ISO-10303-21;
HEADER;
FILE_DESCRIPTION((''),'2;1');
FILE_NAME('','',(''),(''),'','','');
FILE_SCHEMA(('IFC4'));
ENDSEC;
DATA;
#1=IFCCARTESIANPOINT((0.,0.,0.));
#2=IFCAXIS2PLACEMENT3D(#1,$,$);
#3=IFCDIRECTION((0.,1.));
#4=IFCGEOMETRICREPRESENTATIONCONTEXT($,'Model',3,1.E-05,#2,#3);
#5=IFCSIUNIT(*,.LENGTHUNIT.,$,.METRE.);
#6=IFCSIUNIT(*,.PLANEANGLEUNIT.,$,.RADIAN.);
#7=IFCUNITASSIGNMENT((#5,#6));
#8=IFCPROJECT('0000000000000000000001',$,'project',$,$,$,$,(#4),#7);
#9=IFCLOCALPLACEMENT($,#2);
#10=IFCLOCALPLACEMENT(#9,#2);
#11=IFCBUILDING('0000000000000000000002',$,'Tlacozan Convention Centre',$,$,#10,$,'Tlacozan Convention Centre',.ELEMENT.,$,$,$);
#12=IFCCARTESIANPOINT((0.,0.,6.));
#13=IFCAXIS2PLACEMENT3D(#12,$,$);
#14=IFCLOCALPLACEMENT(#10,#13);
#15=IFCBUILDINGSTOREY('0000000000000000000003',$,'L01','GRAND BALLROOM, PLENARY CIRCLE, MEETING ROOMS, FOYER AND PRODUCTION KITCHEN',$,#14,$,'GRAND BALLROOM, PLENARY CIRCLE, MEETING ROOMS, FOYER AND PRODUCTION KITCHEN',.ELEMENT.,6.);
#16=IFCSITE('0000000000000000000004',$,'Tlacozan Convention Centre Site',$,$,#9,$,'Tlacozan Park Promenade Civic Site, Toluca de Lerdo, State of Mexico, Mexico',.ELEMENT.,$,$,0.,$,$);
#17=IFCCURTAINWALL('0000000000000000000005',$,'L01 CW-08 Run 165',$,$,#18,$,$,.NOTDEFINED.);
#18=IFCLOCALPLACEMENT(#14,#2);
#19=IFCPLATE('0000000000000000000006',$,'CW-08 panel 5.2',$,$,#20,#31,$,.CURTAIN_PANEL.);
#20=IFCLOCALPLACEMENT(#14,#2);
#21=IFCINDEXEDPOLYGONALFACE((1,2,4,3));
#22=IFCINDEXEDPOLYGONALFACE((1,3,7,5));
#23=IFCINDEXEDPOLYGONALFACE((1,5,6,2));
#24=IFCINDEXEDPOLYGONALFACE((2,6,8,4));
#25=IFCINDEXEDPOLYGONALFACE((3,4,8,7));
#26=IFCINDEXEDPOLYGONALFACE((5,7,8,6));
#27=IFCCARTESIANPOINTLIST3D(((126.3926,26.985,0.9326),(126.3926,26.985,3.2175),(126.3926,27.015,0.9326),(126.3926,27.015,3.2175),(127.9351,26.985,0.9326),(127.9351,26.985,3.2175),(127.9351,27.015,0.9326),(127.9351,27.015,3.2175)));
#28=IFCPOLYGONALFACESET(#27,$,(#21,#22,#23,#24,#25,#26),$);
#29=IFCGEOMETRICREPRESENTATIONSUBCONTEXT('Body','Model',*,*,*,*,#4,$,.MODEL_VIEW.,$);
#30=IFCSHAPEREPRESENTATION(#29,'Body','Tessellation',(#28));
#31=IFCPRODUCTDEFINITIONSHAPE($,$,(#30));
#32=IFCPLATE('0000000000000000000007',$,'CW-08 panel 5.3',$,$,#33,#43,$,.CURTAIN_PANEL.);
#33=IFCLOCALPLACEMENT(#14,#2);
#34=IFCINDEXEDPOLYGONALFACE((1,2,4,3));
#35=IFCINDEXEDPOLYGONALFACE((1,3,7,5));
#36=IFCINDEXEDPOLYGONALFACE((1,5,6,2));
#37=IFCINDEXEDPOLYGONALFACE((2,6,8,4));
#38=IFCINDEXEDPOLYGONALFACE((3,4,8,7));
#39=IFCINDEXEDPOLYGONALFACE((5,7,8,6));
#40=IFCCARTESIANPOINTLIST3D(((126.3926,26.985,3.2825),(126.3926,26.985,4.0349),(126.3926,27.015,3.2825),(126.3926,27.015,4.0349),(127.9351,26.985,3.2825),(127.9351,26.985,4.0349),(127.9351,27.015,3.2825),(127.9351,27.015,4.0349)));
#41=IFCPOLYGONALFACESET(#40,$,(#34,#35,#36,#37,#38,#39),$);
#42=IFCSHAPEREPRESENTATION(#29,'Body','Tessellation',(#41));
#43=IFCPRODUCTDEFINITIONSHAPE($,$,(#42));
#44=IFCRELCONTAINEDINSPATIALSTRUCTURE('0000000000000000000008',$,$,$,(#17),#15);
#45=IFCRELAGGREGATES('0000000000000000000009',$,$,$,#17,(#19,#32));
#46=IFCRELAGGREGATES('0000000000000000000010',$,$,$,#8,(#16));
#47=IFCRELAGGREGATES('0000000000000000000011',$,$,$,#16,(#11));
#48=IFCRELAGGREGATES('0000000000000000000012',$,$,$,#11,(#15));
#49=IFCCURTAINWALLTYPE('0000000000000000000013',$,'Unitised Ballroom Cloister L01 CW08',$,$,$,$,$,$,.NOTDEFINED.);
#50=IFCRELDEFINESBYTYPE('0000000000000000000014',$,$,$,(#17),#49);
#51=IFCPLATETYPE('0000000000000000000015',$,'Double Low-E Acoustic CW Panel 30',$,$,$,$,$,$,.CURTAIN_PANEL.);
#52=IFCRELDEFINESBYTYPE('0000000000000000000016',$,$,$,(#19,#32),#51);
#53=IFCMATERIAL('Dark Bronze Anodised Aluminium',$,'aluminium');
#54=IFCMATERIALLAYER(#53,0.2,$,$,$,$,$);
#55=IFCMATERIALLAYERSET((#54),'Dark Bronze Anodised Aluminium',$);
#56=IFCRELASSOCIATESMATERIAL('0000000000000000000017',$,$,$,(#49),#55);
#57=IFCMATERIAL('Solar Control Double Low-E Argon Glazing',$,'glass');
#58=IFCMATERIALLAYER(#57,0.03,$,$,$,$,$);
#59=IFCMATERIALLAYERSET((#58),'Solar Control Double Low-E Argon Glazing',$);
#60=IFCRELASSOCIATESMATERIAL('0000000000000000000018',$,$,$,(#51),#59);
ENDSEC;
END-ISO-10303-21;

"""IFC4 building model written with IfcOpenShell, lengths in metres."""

from ifc_helpers import new_model, si_unit, direction, frame, origin, origin_2d, place, context, subcontext, project, spatial, rectangle, extrude, material, layer, layer_set, type_object, element, aggregate, save


model = new_model("IFC4")

# Units and contexts
model_context = context("Model", 3, precision=1e-05, world=origin(), true_north=direction((0.0, 1.0)))
body_context = subcontext(model_context, "Body", "Model", "MODEL_VIEW")
ifc_project = project(units=[si_unit("LENGTHUNIT", "METRE"), si_unit("PLANEANGLEUNIT", "RADIAN")], contexts=[model_context])

# Site, building, storey
site_placement = place(None, origin())
site = spatial("IfcSite", under=ifc_project, at=site_placement, Name="Tlacozan Convention Centre Site", LongName="Tlacozan Park Promenade Civic Site, Toluca de Lerdo, State of Mexico, Mexico", CompositionType="ELEMENT", RefElevation=0.0)
building_placement = place(site_placement, origin())
building = spatial("IfcBuilding", under=site, at=building_placement, Name="Tlacozan Convention Centre", LongName="Tlacozan Convention Centre", CompositionType="ELEMENT")
storey_placement = place(building_placement, frame((0.0, 0.0, 6.0)))
storey = spatial("IfcBuildingStorey", under=building, at=storey_placement, Name="L01", Description="GRAND BALLROOM, PLENARY CIRCLE, MEETING ROOMS, FOYER AND PRODUCTION KITCHEN", LongName="GRAND BALLROOM, PLENARY CIRCLE, MEETING ROOMS, FOYER AND PRODUCTION KITCHEN", CompositionType="ELEMENT", Elevation=6.0)

# Curtain wall
ifc_material_1 = material(Name="Dark Bronze Anodised Aluminium", Category="aluminium")
ifc_layer_1 = layer(ifc_material_1, 0.2)
ifc_layer_set_1 = layer_set([ifc_layer_1], Name="Dark Bronze Anodised Aluminium")
curtain_wall_type = type_object("IfcCurtainWallType", Name="Unitised Ballroom Cloister L01 CW08", PredefinedType="NOTDEFINED", material=ifc_layer_set_1)
curtain_wall_1_placement = place(storey_placement, origin())
curtain_wall_1 = element("IfcCurtainWall", 1, at=curtain_wall_1_placement, inside=storey, type_object=curtain_wall_type, Name="L01 CW-08 Run 165", PredefinedType="NOTDEFINED")

# Plates
ifc_material_2 = material(Name="Solar Control Double Low-E Argon Glazing", Category="glass")
ifc_layer_2 = layer(ifc_material_2, 0.03)
ifc_layer_set_2 = layer_set([ifc_layer_2], Name="Solar Control Double Low-E Argon Glazing")
plate_type = type_object("IfcPlateType", Name="Double Low-E Acoustic CW Panel 30", PredefinedType="CURTAIN_PANEL", material=ifc_layer_set_2)
plate_1_placement = place(storey_placement, frame((127.1638, 27.0, 0.9326), z_axis=(0.0, 0.0, 1.0), x_axis=(1.0, 0.0, 0.0)))
plate_1 = element("IfcPlate", 2, at=plate_1_placement, type_object=plate_type, Name="CW-08 panel 5.2", PredefinedType="CURTAIN_PANEL", context=body_context, shape_type="SweptSolid", body=[
    extrude(rectangle(XDim=1.5425, YDim=0.03, at=origin_2d()), origin(), (0.0, 0.0, 1.0), 2.2849),
])
plate_2_placement = place(storey_placement, frame((127.1638, 27.0, 3.2825), z_axis=(0.0, 0.0, 1.0), x_axis=(1.0, 0.0, 0.0)))
plate_2 = element("IfcPlate", 3, at=plate_2_placement, type_object=plate_type, Name="CW-08 panel 5.3", PredefinedType="CURTAIN_PANEL", context=body_context, shape_type="SweptSolid", body=[
    extrude(rectangle(XDim=1.5425, YDim=0.03, at=origin_2d()), origin(), (0.0, 0.0, 1.0), 0.7524),
])
aggregate(curtain_wall_1, [plate_1, plate_2])

save(model, "model.ifc")
